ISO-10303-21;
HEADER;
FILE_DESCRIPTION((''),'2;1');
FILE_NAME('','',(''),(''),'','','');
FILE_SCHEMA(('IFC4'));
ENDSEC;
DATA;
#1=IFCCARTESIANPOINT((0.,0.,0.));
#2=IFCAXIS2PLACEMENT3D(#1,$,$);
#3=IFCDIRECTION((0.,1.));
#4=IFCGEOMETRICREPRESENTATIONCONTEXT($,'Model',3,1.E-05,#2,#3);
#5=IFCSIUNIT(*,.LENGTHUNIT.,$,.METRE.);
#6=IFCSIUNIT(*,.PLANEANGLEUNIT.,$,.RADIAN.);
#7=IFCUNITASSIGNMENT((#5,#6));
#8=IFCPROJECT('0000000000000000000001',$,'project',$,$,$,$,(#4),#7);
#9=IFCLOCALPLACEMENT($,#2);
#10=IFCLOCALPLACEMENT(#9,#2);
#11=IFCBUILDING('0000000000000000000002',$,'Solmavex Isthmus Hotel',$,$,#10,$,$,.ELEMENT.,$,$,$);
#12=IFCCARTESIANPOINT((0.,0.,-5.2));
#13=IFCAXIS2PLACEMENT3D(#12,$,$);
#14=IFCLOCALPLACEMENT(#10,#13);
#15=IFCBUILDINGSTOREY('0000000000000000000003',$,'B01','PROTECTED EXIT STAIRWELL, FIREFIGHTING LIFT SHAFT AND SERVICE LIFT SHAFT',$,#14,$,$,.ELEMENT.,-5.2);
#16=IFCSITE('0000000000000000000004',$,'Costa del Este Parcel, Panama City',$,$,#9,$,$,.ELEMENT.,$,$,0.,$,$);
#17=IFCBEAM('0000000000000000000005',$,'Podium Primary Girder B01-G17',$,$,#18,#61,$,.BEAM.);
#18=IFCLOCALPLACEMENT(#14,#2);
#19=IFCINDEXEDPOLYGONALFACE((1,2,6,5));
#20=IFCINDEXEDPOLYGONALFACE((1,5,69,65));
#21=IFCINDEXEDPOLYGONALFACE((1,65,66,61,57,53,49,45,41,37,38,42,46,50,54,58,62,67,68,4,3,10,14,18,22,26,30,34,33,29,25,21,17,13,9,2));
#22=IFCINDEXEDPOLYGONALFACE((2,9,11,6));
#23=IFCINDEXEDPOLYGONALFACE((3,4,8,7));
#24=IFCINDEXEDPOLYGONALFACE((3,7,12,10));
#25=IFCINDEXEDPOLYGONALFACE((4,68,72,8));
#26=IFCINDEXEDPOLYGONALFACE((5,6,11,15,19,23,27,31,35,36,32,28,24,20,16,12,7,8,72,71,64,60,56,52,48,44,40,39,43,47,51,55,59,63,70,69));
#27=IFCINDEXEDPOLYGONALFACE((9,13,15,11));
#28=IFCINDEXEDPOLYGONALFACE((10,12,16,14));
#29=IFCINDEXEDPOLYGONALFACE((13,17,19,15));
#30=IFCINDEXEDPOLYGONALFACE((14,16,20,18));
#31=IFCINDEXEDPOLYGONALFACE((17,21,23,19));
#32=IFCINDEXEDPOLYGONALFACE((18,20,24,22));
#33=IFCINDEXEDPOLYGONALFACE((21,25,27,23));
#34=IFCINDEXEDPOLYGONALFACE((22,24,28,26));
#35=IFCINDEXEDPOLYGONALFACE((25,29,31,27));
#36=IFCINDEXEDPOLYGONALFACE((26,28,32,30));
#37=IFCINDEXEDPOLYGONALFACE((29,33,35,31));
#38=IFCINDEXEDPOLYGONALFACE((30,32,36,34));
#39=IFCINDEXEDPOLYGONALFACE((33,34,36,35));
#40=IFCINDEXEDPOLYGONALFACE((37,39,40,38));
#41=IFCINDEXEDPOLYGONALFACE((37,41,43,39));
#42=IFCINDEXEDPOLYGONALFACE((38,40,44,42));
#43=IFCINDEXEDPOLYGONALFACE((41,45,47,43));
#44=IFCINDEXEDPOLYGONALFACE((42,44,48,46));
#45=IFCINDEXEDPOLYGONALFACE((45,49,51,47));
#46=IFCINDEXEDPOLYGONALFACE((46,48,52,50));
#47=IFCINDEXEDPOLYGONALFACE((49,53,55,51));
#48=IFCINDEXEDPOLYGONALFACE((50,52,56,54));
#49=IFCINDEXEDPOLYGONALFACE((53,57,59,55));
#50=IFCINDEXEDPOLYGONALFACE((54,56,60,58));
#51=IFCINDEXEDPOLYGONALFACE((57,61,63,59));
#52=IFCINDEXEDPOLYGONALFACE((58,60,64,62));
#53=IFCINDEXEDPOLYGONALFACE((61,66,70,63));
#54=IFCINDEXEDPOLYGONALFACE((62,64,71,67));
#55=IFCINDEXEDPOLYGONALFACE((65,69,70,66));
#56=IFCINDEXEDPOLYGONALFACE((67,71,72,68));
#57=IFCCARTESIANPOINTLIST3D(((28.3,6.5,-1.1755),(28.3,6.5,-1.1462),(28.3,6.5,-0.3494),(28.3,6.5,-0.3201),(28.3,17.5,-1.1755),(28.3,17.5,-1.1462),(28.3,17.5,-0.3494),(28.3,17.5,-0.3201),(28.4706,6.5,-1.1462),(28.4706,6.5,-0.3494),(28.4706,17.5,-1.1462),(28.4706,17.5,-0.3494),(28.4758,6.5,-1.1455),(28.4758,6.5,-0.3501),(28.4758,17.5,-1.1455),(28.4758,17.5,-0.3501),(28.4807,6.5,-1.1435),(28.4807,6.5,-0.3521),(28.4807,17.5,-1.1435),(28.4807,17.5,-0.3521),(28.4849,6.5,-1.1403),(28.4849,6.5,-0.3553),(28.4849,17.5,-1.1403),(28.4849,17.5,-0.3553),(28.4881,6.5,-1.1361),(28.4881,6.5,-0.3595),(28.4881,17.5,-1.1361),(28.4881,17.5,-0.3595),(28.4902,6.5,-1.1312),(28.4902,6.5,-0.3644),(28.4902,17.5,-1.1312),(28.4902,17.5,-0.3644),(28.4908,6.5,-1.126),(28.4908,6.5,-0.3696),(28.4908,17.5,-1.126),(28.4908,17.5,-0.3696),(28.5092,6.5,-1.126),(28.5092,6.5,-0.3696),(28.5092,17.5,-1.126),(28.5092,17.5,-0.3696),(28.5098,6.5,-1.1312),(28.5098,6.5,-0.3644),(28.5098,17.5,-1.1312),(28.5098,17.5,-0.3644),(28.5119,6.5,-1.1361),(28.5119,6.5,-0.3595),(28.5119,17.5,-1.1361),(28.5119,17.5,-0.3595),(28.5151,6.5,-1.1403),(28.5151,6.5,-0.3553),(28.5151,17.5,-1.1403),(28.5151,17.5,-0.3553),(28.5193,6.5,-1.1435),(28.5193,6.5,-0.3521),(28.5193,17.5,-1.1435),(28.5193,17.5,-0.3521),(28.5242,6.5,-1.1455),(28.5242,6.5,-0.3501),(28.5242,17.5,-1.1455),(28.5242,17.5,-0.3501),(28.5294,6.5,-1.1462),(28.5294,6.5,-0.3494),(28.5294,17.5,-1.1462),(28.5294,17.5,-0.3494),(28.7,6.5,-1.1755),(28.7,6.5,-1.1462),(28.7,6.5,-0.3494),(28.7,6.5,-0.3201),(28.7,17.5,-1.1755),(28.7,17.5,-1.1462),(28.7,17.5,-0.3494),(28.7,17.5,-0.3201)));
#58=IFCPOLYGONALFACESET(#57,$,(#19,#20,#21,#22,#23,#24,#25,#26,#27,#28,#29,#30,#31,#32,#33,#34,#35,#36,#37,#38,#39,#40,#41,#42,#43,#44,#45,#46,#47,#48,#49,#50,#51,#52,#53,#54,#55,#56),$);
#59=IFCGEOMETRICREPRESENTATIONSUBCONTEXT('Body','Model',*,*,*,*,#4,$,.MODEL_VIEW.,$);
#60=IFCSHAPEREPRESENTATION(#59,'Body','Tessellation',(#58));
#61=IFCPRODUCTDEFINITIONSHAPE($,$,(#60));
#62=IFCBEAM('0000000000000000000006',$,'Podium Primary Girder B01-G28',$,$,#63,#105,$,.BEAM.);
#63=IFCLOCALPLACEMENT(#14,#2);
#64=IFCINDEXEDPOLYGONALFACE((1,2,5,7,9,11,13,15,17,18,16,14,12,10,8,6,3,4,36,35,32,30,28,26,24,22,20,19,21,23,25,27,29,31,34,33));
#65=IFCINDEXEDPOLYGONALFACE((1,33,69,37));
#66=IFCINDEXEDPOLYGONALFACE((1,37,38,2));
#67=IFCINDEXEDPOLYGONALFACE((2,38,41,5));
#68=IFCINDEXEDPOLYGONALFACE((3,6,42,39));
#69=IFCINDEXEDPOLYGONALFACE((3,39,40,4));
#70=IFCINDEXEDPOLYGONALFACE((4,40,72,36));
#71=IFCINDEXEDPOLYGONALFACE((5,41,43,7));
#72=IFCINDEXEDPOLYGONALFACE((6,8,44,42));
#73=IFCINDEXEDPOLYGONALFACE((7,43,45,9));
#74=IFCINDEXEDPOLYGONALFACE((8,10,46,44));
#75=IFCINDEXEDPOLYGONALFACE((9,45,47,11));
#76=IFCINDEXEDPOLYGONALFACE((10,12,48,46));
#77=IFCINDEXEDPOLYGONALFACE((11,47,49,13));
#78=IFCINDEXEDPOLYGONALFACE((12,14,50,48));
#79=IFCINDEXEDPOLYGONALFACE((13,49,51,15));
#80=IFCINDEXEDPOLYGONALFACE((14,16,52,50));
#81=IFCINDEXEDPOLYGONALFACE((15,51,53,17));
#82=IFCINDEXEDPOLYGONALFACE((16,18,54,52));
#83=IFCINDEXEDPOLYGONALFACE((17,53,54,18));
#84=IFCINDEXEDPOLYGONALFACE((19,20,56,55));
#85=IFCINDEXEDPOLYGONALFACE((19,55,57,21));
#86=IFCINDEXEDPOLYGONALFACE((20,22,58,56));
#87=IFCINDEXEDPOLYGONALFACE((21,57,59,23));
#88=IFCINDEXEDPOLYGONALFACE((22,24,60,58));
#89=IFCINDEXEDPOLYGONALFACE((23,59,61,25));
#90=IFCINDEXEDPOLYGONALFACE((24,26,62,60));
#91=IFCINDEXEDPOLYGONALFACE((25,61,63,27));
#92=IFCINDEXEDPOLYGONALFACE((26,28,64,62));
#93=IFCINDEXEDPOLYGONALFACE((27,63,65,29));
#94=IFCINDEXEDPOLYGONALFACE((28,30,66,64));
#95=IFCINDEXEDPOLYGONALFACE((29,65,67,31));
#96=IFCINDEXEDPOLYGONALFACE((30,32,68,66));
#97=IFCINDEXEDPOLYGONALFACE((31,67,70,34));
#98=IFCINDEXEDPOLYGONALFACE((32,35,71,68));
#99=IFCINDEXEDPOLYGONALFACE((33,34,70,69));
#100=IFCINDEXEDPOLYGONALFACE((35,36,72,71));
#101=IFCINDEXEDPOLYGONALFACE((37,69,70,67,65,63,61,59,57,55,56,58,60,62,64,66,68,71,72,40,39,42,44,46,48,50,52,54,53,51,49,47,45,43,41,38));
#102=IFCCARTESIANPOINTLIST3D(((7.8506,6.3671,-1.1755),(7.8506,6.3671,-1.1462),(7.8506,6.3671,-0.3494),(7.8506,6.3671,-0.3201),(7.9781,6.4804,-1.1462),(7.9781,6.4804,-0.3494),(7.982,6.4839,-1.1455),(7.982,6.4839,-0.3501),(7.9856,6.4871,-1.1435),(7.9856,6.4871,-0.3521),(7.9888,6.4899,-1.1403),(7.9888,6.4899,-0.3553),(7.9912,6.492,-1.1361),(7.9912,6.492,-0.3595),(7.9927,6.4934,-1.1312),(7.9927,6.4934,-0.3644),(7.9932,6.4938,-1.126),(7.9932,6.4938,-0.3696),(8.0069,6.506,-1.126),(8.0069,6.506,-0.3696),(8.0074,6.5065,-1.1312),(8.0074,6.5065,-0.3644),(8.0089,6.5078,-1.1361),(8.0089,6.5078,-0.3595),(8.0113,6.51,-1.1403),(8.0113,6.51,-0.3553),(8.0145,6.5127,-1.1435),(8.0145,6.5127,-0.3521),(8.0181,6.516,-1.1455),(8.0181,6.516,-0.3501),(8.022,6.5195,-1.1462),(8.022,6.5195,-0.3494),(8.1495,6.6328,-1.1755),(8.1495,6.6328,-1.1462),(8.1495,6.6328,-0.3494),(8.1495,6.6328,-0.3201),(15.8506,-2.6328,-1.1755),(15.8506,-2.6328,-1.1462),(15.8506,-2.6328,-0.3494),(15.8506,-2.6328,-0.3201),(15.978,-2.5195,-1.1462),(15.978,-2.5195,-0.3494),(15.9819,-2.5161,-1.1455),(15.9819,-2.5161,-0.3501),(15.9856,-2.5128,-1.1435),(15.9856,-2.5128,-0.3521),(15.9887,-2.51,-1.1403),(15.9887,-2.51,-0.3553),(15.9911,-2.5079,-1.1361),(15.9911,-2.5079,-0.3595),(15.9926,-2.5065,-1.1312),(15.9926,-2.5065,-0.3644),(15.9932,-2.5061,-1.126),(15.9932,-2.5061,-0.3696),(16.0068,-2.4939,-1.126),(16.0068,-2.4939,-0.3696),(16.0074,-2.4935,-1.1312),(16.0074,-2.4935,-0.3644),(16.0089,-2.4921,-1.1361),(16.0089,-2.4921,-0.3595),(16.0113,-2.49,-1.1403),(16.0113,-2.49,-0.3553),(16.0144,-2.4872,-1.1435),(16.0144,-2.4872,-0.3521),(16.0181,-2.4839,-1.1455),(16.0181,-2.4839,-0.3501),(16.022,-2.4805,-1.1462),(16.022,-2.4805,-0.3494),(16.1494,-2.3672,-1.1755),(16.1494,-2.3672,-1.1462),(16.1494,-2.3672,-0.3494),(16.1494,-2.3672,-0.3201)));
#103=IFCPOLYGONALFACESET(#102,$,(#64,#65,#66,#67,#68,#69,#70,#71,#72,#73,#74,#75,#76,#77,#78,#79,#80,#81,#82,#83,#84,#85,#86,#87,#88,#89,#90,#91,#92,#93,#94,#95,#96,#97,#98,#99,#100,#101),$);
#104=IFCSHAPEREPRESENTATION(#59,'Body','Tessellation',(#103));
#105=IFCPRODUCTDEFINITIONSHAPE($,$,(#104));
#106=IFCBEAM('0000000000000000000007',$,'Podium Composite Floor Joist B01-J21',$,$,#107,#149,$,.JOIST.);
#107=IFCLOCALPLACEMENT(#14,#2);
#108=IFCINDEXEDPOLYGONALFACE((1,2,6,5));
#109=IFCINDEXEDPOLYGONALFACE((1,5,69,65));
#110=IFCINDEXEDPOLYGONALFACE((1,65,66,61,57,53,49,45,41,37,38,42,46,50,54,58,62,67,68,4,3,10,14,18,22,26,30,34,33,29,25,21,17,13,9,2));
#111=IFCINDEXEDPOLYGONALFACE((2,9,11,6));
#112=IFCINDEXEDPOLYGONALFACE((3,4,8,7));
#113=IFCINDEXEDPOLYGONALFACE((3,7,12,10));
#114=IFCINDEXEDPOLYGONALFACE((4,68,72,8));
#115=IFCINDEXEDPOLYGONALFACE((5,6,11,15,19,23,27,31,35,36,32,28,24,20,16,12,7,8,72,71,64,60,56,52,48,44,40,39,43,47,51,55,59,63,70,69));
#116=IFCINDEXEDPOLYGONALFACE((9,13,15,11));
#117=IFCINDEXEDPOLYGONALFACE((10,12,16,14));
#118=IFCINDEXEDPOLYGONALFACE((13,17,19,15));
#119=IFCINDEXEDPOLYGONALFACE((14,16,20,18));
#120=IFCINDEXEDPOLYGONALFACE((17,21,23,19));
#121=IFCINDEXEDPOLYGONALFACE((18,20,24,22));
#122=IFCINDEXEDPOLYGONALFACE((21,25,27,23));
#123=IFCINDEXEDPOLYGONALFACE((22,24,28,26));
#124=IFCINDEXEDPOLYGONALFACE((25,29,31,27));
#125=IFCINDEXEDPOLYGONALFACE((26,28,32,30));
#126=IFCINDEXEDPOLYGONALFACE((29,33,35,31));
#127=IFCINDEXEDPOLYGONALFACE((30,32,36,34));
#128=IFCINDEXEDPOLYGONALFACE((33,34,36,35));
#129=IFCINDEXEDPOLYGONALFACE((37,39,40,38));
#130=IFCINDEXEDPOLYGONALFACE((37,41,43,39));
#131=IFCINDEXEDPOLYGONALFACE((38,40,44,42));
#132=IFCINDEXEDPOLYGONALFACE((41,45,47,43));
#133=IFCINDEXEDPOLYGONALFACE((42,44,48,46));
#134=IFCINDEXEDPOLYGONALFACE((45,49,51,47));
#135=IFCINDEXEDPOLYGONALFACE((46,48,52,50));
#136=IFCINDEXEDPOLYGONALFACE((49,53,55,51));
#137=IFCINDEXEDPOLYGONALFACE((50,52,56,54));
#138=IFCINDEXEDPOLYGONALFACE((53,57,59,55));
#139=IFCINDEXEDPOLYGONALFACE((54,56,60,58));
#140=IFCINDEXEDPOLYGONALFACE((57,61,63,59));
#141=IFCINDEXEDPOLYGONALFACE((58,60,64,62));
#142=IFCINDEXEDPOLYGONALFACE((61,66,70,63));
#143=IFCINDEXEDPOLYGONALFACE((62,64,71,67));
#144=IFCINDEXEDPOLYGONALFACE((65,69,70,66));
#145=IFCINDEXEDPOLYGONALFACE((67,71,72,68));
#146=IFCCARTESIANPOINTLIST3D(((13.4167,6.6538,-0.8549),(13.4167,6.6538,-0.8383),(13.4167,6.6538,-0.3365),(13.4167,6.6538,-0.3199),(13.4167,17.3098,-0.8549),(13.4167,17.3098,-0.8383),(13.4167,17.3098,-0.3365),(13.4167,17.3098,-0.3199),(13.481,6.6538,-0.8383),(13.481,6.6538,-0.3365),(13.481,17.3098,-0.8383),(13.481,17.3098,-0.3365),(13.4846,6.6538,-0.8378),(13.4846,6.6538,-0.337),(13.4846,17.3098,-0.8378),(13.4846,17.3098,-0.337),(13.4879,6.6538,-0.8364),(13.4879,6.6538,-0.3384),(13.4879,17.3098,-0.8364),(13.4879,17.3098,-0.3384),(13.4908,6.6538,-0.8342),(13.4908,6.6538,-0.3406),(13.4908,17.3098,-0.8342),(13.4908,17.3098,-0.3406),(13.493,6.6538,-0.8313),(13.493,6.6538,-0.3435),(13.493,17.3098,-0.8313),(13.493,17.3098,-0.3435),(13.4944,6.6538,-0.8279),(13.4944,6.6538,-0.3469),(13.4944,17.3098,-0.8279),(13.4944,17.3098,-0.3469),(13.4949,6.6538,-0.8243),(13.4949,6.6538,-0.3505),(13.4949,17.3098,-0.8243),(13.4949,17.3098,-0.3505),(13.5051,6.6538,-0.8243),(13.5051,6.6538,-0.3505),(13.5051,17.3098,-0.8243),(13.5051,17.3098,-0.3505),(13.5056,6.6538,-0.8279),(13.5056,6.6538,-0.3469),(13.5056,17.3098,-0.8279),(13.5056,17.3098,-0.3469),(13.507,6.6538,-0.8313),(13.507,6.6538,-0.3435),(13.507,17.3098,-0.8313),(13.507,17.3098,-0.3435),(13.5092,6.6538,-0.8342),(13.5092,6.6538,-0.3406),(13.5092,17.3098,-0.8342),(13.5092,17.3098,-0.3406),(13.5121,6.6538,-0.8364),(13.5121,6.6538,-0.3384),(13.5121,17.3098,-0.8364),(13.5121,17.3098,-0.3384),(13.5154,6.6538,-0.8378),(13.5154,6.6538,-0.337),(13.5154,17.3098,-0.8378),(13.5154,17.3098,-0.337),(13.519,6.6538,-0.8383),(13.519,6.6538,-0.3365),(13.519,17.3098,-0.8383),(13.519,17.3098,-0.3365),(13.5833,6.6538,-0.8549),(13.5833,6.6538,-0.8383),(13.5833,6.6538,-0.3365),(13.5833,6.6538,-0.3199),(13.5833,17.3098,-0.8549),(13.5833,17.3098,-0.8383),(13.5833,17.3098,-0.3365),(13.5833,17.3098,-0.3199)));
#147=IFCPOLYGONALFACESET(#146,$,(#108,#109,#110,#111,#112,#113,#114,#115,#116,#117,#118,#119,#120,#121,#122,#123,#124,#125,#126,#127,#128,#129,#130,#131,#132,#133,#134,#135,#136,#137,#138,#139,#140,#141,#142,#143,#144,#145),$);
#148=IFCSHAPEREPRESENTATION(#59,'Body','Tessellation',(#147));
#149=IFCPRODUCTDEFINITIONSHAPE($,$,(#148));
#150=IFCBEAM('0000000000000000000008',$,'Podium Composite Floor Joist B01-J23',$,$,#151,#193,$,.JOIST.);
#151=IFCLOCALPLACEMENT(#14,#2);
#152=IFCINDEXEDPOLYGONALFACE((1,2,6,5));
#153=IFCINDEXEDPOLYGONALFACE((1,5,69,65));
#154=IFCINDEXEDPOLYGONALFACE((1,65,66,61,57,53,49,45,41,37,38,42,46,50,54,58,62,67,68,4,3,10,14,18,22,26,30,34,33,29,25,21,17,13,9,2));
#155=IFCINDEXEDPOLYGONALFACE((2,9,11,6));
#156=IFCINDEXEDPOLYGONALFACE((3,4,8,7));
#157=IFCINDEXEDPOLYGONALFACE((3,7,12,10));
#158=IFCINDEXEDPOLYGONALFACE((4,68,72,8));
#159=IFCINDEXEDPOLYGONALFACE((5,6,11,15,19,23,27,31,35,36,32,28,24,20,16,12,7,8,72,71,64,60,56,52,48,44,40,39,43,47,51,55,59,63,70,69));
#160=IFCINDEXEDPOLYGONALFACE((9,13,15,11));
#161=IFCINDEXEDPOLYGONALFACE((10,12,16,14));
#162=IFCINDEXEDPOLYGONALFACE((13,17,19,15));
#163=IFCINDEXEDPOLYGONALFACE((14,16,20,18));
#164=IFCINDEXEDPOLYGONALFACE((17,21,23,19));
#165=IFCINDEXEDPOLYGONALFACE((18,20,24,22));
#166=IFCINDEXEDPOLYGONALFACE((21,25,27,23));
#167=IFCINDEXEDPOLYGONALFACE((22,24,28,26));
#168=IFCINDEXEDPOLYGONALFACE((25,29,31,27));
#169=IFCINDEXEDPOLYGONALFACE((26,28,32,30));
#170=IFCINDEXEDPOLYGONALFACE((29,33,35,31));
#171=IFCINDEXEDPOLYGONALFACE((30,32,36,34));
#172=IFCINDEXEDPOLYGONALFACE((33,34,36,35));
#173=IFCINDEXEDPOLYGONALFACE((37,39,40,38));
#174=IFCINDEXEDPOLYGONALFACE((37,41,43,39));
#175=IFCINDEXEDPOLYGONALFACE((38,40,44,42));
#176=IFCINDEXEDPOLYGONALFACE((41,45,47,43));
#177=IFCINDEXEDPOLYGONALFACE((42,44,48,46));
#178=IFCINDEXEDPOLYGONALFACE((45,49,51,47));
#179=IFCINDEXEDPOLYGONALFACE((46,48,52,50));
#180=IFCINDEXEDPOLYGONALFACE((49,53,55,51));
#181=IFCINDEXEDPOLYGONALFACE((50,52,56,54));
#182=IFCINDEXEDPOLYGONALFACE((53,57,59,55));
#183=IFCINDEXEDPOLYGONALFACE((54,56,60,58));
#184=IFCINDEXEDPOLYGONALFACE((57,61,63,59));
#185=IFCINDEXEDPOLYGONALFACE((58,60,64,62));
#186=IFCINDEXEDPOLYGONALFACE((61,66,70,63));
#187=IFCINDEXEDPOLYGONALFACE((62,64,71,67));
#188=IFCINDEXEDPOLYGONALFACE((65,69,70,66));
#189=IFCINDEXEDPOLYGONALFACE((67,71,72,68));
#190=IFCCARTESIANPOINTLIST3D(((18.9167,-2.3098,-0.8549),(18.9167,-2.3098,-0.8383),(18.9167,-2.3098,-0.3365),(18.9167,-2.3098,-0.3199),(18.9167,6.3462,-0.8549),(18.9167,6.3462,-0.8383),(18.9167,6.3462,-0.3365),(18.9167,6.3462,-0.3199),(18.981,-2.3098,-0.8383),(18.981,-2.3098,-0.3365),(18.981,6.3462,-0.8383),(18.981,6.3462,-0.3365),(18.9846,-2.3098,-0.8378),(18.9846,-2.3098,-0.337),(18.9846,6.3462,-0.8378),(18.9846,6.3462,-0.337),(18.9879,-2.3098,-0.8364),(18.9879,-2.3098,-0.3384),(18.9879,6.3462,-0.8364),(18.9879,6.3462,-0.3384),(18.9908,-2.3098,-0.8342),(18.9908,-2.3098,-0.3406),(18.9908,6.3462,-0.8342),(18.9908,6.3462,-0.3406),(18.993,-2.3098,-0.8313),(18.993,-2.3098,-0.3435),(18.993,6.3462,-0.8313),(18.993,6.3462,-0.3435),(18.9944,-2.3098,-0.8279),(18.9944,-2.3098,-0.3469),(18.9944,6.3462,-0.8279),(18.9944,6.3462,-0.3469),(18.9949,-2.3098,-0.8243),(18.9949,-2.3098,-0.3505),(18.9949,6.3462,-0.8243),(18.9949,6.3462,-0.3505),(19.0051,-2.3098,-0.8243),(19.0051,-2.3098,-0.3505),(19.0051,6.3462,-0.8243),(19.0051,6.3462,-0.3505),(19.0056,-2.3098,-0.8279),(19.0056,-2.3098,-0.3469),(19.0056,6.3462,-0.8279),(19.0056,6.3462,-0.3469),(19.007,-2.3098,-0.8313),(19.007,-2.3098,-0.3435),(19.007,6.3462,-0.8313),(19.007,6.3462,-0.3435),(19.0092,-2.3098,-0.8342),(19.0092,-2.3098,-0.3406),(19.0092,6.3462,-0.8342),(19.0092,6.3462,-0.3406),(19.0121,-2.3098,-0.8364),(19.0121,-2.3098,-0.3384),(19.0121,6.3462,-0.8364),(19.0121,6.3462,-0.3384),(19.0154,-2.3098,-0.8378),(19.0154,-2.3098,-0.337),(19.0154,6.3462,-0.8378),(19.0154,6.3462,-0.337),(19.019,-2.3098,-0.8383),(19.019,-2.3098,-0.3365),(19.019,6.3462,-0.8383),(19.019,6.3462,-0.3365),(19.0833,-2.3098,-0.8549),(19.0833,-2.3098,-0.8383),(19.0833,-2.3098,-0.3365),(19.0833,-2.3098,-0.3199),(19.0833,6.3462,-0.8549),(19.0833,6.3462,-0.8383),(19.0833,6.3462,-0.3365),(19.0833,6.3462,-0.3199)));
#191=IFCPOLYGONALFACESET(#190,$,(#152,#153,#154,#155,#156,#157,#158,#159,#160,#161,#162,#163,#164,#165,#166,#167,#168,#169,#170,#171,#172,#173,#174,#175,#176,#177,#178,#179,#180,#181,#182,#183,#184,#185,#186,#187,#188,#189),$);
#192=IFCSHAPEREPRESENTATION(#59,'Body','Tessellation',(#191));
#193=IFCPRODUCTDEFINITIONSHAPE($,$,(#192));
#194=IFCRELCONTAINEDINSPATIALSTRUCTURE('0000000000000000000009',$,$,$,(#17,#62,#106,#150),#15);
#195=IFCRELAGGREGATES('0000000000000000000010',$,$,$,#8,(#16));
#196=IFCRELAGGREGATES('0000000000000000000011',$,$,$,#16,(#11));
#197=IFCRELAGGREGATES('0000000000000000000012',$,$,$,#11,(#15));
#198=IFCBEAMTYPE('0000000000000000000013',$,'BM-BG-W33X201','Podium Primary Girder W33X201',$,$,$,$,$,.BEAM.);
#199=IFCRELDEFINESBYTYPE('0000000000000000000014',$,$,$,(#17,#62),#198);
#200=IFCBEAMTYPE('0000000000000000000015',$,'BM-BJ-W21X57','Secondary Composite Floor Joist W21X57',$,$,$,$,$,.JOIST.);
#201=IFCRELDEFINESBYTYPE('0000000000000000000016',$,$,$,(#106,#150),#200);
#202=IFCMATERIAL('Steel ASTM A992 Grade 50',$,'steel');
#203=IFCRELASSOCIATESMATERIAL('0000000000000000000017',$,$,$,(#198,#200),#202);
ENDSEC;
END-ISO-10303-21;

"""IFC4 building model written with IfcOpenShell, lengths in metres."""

from ifc_helpers import new_model, si_unit, direction, frame, origin, origin_2d, place, context, subcontext, project, spatial, i_section, extrude, material, material_profile, profile_set, type_object, element, save


model = new_model("IFC4")

# Units and contexts
model_context = context("Model", 3, precision=1e-05, world=origin(), true_north=direction((0.0, 1.0)))
body_context = subcontext(model_context, "Body", "Model", "MODEL_VIEW")
ifc_project = project(units=[si_unit("LENGTHUNIT", "METRE"), si_unit("PLANEANGLEUNIT", "RADIAN")], contexts=[model_context])

# Site, building, storey
site_placement = place(None, origin())
site = spatial("IfcSite", under=ifc_project, at=site_placement, Name="Costa del Este Parcel, Panama City", CompositionType="ELEMENT", RefElevation=0.0)
building_placement = place(site_placement, origin())
building = spatial("IfcBuilding", under=site, at=building_placement, Name="Solmavex Isthmus Hotel", CompositionType="ELEMENT")
storey_placement = place(building_placement, frame((0.0, 0.0, -5.2)))
storey = spatial("IfcBuildingStorey", under=building, at=storey_placement, Name="B01", Description="PROTECTED EXIT STAIRWELL, FIREFIGHTING LIFT SHAFT AND SERVICE LIFT SHAFT", CompositionType="ELEMENT", Elevation=-5.2)

# Beams
ifc_material_1 = material(Name="Steel ASTM A992 Grade 50", Category="steel")
ifc_material_profile_1 = material_profile(ifc_material_1, i_section(OverallWidth=0.3999, OverallDepth=0.8555, WebThickness=0.0183, FlangeThickness=0.0293, FilletRadius=0.0203, at=origin_2d()), Name="W33X201")
ifc_profile_set_1 = profile_set([ifc_material_profile_1], Name="Steel ASTM A992 Grade 50")
beam_type_1 = type_object("IfcBeamType", Name="BM-BG-W33X201", Description="Podium Primary Girder W33X201", PredefinedType="BEAM", material=ifc_profile_set_1)
beam_1_placement = place(storey_placement, frame((28.5, 6.5, -0.7478), z_axis=(0.0, 1.0, 0.0), x_axis=(-1.0, 0.0, 0.0)))
element("IfcBeam", 1, at=beam_1_placement, inside=storey, type_object=beam_type_1, Name="Podium Primary Girder B01-G17", PredefinedType="BEAM", context=body_context, shape_type="SweptSolid", body=[
    extrude(i_section(OverallWidth=0.3999, OverallDepth=0.8555, WebThickness=0.0183, FlangeThickness=0.0293, FilletRadius=0.0203, at=origin_2d()), origin(), (0.0, 0.0, 1.0), 11.0),
])
beam_2_placement = place(storey_placement, frame((16.0, -2.5, -0.7478), z_axis=(-0.664364, 0.747409, 0.0), x_axis=(-0.747409, -0.664364, 0.0)))
element("IfcBeam", 2, at=beam_2_placement, inside=storey, type_object=beam_type_1, Name="Podium Primary Girder B01-G28", PredefinedType="BEAM", context=body_context, shape_type="SweptSolid", body=[
    extrude(i_section(OverallWidth=0.3999, OverallDepth=0.8555, WebThickness=0.0183, FlangeThickness=0.0293, FilletRadius=0.0203, at=origin_2d()), origin(), (0.0, 0.0, 1.0), 12.0415),
])
ifc_material_profile_2 = material_profile(ifc_material_1, i_section(OverallWidth=0.1665, OverallDepth=0.5349, WebThickness=0.0103, FlangeThickness=0.0166, FilletRadius=0.0139, at=origin_2d()), Name="W21X57")
ifc_profile_set_2 = profile_set([ifc_material_profile_2], Name="Steel ASTM A992 Grade 50")
beam_type_2 = type_object("IfcBeamType", Name="BM-BJ-W21X57", Description="Secondary Composite Floor Joist W21X57", PredefinedType="JOIST", material=ifc_profile_set_2)
beam_3_placement = place(storey_placement, frame((13.5, 6.6538, -0.5874), z_axis=(0.0, 1.0, 0.0), x_axis=(-1.0, 0.0, 0.0)))
element("IfcBeam", 3, at=beam_3_placement, inside=storey, type_object=beam_type_2, Name="Podium Composite Floor Joist B01-J21", PredefinedType="JOIST", context=body_context, shape_type="SweptSolid", body=[
    extrude(i_section(OverallWidth=0.1665, OverallDepth=0.5349, WebThickness=0.0103, FlangeThickness=0.0166, FilletRadius=0.0139, at=origin_2d()), origin(), (0.0, 0.0, 1.0), 10.656),
])
beam_4_placement = place(storey_placement, frame((19.0, -2.3098, -0.5874), z_axis=(0.0, 1.0, 0.0), x_axis=(-1.0, 0.0, 0.0)))
element("IfcBeam", 4, at=beam_4_placement, inside=storey, type_object=beam_type_2, Name="Podium Composite Floor Joist B01-J23", PredefinedType="JOIST", context=body_context, shape_type="SweptSolid", body=[
    extrude(i_section(OverallWidth=0.1665, OverallDepth=0.5349, WebThickness=0.0103, FlangeThickness=0.0166, FilletRadius=0.0139, at=origin_2d()), origin(), (0.0, 0.0, 1.0), 8.656),
])

save(model, "model.ifc")
